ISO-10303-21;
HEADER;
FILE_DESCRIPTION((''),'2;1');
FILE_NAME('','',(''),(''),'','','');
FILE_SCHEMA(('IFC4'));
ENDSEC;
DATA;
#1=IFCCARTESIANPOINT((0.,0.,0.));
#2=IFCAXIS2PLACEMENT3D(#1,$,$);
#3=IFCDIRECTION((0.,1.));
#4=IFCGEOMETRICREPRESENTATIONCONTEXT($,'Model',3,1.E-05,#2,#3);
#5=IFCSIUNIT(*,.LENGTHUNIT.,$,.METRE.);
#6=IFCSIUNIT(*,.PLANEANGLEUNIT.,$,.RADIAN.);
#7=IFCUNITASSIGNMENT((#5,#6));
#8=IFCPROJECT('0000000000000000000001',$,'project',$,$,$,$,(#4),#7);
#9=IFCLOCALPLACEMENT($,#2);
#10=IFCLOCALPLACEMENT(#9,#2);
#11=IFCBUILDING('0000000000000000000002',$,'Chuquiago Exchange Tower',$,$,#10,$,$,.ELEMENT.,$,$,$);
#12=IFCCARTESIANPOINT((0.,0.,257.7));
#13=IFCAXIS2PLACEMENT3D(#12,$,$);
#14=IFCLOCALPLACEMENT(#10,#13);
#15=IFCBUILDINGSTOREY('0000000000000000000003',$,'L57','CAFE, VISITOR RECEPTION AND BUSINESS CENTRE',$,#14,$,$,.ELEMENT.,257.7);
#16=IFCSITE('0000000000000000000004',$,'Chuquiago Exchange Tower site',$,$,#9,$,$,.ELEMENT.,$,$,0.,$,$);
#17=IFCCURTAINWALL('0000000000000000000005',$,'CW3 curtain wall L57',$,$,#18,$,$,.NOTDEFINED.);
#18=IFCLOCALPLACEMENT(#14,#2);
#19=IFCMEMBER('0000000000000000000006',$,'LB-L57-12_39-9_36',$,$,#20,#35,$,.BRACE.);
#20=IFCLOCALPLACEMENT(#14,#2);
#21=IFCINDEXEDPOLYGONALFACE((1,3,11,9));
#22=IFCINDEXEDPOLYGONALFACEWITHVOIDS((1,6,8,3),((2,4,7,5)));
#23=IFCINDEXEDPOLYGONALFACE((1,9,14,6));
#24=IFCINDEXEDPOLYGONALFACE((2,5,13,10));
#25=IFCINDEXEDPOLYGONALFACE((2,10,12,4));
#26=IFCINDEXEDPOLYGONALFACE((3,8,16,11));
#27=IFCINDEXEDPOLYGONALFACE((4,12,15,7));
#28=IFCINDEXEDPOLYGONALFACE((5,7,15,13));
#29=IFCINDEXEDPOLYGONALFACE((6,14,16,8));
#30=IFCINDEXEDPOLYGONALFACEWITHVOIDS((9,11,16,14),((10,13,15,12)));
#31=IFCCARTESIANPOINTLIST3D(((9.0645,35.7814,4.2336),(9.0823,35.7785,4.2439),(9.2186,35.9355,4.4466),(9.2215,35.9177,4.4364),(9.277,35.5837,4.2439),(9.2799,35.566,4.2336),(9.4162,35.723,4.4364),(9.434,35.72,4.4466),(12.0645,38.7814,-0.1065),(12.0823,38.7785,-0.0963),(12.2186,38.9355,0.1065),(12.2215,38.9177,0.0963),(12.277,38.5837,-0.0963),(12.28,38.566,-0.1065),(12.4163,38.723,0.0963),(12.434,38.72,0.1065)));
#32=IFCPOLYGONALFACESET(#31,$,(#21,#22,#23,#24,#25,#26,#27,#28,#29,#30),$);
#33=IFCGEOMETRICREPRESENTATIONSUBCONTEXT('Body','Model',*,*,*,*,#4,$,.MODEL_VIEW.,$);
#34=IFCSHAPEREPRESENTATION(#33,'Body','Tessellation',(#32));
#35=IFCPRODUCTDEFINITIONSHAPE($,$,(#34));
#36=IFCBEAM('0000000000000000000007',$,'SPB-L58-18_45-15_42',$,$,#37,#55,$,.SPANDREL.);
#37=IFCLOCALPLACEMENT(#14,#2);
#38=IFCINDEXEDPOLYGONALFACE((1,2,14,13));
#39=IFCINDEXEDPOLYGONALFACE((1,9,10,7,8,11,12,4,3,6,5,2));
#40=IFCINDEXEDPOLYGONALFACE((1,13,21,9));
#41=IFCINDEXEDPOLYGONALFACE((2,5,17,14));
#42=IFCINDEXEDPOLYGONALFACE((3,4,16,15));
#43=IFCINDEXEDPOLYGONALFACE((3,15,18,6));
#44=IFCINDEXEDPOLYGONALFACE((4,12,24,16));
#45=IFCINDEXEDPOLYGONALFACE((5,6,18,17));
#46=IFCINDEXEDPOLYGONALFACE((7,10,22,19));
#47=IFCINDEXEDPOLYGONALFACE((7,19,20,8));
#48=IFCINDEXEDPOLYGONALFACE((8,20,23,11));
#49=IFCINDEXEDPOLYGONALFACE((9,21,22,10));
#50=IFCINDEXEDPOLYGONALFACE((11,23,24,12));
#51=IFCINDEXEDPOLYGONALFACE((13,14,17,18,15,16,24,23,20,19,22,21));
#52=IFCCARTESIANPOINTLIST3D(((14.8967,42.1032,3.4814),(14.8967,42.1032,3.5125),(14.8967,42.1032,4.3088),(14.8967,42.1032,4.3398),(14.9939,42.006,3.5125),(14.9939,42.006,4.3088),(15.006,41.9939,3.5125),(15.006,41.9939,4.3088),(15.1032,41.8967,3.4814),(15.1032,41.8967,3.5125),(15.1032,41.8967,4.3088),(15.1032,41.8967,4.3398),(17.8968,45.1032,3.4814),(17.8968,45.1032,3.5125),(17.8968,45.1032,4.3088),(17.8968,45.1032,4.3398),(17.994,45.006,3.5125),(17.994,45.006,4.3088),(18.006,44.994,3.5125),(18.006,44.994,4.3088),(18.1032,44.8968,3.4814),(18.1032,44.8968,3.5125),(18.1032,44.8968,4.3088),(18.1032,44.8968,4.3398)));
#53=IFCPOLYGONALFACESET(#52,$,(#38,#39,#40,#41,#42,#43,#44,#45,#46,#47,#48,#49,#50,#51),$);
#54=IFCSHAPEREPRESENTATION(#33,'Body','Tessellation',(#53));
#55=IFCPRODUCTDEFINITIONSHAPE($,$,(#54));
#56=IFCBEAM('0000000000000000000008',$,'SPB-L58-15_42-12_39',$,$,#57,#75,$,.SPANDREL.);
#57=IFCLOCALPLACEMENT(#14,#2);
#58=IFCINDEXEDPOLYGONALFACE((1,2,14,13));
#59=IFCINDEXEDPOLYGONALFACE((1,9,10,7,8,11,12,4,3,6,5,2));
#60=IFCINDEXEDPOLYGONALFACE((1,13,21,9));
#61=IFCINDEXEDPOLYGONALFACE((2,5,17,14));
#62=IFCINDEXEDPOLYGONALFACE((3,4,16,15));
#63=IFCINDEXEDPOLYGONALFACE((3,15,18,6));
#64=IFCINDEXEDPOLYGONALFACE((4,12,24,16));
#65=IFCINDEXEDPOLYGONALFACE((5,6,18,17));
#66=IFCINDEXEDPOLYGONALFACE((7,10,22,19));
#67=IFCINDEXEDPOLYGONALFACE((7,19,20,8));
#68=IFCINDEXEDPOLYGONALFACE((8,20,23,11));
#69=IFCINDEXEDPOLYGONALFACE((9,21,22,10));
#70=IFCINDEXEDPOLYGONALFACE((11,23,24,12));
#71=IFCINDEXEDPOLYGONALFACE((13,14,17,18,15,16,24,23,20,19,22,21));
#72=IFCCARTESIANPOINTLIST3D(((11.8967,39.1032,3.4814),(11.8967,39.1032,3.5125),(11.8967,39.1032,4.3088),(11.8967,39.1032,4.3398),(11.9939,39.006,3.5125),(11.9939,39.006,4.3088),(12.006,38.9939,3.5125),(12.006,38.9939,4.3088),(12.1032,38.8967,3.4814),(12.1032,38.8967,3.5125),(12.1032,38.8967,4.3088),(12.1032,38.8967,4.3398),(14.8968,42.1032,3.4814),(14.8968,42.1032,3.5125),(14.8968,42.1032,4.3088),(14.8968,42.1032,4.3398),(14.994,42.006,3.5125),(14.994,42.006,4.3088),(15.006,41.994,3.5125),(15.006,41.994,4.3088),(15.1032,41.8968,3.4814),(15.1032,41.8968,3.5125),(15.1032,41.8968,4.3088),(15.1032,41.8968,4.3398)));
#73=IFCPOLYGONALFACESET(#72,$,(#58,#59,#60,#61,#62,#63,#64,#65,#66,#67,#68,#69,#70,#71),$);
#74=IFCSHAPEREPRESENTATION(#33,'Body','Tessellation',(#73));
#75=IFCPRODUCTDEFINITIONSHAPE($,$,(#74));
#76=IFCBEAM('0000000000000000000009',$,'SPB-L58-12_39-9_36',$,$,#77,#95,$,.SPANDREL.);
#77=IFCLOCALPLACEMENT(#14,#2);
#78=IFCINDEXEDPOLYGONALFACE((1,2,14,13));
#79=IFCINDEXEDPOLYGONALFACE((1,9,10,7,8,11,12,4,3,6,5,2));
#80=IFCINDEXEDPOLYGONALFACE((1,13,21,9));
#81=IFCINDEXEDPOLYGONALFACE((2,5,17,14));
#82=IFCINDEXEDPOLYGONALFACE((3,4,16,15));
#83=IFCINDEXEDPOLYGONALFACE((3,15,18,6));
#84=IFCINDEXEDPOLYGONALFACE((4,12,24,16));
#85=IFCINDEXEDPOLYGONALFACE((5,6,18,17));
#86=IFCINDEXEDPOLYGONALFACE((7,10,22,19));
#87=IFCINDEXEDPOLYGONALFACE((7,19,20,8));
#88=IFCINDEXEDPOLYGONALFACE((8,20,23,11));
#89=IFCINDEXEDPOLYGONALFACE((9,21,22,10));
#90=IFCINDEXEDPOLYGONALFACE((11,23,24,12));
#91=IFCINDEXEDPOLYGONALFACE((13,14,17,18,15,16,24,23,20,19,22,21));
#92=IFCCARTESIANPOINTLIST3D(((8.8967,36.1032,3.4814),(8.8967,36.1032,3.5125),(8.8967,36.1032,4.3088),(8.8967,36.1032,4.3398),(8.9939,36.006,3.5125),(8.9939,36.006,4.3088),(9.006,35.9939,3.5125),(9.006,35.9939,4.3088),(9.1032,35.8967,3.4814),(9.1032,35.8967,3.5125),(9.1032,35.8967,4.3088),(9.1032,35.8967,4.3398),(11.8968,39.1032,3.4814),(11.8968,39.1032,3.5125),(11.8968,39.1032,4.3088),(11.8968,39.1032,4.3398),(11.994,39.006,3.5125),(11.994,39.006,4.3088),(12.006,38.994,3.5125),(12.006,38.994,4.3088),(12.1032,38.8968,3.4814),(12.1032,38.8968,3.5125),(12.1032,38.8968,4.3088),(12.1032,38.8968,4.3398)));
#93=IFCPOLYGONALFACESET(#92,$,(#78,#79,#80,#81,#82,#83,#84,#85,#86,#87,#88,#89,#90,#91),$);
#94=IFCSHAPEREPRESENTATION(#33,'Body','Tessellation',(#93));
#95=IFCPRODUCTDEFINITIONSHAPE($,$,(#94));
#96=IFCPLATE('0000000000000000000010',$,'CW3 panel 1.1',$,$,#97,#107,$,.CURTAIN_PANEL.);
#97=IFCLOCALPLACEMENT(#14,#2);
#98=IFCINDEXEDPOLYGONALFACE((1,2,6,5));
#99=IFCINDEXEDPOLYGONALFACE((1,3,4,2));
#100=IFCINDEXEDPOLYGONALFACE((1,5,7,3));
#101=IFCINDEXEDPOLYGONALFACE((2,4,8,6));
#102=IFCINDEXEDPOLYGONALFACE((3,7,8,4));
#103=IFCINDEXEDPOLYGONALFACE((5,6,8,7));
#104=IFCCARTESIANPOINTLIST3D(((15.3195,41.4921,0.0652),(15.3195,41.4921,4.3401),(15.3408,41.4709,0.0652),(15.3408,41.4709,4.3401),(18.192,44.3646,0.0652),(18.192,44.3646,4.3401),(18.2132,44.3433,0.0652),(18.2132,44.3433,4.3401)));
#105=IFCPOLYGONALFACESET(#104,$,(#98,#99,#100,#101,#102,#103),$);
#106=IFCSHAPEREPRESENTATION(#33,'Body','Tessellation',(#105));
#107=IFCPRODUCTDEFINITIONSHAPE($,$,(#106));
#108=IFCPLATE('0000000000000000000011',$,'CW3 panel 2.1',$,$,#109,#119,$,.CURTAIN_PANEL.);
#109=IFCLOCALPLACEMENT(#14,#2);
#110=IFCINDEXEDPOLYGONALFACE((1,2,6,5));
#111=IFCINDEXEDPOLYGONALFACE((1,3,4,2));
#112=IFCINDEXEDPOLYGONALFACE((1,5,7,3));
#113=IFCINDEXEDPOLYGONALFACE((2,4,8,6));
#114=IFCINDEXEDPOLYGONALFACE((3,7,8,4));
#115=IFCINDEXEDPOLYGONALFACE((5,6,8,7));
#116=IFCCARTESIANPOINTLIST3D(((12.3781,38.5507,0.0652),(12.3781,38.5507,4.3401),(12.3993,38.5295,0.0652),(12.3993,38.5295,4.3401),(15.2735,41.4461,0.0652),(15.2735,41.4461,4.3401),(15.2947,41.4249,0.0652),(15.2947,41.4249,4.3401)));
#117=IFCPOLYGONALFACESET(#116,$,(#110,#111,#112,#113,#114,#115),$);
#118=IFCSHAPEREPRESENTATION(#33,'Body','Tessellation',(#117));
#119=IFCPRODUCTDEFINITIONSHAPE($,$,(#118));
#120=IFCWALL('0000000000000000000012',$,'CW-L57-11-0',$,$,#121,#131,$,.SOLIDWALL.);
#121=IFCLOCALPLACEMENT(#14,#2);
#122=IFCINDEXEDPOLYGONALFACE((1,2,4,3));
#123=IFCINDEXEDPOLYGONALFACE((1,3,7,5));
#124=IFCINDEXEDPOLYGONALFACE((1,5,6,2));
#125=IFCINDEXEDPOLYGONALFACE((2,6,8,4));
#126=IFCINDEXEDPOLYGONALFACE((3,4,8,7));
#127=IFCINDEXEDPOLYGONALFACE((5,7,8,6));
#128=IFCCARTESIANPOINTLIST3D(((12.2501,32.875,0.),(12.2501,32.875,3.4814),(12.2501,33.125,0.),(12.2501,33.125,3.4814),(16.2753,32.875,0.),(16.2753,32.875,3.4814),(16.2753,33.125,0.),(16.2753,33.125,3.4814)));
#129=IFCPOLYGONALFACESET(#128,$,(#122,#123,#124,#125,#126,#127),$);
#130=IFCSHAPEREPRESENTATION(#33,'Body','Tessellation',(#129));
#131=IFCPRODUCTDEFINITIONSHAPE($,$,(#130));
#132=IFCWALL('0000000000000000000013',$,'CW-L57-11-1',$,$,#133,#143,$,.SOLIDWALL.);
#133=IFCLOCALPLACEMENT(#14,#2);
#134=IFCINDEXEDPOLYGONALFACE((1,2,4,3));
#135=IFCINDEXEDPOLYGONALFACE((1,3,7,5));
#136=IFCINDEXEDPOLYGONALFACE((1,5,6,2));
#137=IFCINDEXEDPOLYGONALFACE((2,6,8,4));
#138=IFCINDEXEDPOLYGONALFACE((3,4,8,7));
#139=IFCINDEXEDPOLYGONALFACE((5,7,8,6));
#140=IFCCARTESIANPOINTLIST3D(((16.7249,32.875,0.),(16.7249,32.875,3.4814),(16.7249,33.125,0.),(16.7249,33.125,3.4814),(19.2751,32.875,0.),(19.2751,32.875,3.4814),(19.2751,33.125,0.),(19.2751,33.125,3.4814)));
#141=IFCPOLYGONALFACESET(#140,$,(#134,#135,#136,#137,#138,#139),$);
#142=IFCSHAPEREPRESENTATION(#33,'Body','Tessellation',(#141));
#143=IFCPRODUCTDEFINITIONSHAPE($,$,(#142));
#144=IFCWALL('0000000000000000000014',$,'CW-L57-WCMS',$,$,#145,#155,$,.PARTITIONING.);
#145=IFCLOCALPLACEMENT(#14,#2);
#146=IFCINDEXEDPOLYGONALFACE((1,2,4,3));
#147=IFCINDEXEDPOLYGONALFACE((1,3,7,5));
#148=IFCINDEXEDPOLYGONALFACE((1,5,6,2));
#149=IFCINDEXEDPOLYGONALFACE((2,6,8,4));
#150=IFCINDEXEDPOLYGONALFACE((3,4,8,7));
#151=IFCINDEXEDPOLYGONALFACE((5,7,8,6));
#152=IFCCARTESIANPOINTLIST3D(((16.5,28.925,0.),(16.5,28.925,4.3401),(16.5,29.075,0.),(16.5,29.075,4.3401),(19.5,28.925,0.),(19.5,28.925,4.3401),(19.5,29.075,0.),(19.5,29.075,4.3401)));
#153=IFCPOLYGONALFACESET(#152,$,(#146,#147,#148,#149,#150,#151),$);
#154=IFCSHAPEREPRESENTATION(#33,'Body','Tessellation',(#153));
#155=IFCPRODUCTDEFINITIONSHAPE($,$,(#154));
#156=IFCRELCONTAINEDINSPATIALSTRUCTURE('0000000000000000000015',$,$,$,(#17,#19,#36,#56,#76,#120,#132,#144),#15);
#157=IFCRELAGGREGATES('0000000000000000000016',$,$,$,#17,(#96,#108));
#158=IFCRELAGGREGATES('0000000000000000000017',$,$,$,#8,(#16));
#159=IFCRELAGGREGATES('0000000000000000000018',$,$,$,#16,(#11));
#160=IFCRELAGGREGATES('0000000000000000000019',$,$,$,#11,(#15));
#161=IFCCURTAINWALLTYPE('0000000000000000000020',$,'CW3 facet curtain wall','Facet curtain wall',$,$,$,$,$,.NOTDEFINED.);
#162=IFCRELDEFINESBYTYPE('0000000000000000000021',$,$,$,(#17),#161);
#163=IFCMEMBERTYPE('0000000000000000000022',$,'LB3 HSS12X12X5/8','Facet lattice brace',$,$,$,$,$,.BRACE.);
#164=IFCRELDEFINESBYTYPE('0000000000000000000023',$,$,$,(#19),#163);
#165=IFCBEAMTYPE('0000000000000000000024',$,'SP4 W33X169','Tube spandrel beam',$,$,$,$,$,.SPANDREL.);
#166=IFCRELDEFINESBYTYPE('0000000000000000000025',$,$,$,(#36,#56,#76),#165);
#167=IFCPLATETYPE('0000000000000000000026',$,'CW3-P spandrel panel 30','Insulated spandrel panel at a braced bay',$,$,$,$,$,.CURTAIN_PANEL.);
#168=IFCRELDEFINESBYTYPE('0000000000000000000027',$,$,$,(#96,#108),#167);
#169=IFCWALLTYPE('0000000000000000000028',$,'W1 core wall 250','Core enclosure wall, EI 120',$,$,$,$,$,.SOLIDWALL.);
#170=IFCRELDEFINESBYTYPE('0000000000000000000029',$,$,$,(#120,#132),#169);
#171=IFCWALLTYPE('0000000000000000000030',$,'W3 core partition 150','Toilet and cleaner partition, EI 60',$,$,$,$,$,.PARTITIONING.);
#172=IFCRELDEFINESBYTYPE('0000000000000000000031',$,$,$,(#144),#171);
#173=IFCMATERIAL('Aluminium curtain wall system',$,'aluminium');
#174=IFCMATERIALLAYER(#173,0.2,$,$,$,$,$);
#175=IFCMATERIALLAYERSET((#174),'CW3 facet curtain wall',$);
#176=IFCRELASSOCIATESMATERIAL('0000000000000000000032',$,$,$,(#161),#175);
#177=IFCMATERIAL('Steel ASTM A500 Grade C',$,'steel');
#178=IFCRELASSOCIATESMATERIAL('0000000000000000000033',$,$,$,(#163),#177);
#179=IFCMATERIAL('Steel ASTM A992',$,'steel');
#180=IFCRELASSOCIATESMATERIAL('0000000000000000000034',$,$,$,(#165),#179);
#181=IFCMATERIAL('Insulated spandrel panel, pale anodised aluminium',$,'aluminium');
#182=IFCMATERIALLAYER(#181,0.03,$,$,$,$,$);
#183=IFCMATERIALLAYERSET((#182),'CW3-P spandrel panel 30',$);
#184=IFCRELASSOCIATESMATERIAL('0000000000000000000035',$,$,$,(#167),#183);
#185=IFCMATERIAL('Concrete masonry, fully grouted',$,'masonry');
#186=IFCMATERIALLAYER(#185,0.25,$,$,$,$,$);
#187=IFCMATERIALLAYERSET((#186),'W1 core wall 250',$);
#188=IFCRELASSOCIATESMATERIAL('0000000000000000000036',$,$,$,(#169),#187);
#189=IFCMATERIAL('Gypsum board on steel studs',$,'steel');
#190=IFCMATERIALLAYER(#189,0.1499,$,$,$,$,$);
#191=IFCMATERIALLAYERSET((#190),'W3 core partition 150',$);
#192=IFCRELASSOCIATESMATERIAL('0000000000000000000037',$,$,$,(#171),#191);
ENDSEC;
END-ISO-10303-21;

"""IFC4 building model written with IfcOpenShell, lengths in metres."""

from ifc_helpers import new_model, si_unit, direction, frame, frame_2d, origin, origin_2d, place, context, subcontext, project, spatial, rectangle, hollow_rectangle, i_section, extrude, material, layer, layer_set, material_profile, profile_set, type_object, element, aggregate, save


model = new_model("IFC4")

# Units and contexts
model_context = context("Model", 3, precision=1e-05, world=origin(), true_north=direction((0.0, 1.0)))
body_context = subcontext(model_context, "Body", "Model", "MODEL_VIEW")
ifc_project = project(units=[si_unit("LENGTHUNIT", "METRE"), si_unit("PLANEANGLEUNIT", "RADIAN")], contexts=[model_context])

# Site, building, storey
site_placement = place(None, origin())
site = spatial("IfcSite", under=ifc_project, at=site_placement, Name="Chuquiago Exchange Tower site", CompositionType="ELEMENT", RefElevation=0.0)
building_placement = place(site_placement, origin())
building = spatial("IfcBuilding", under=site, at=building_placement, Name="Chuquiago Exchange Tower", CompositionType="ELEMENT")
storey_placement = place(building_placement, frame((0.0, 0.0, 257.7)))
storey = spatial("IfcBuildingStorey", under=building, at=storey_placement, Name="L57", Description="CAFE, VISITOR RECEPTION AND BUSINESS CENTRE", CompositionType="ELEMENT", Elevation=257.7)

# Curtain wall
ifc_material_1 = material(Name="Aluminium curtain wall system", Category="aluminium")
ifc_layer_1 = layer(ifc_material_1, 0.2)
ifc_layer_set_1 = layer_set([ifc_layer_1], Name="CW3 facet curtain wall")
curtain_wall_type_1 = type_object("IfcCurtainWallType", Name="CW3 facet curtain wall", Description="Facet curtain wall", PredefinedType="NOTDEFINED", material=ifc_layer_set_1)
curtain_wall_1_placement = place(storey_placement, origin())
curtain_wall_1 = element("IfcCurtainWall", 1, at=curtain_wall_1_placement, inside=storey, type_object=curtain_wall_type_1, Name="CW3 curtain wall L57", PredefinedType="NOTDEFINED")

# Member
ifc_material_2 = material(Name="Steel ASTM A500 Grade C", Category="steel")
ifc_material_profile_1 = material_profile(ifc_material_2, hollow_rectangle(XDim=0.3047, YDim=0.3047, WallThickness=0.0146, at=origin_2d()), Name="HSS12X12X5/8")
ifc_profile_set_1 = profile_set([ifc_material_profile_1], Name="Steel ASTM A500 Grade C")
member_type_1 = type_object("IfcMemberType", Name="LB3 HSS12X12X5/8", Description="Facet lattice brace", PredefinedType="BRACE", material=ifc_profile_set_1)
for number, where, z_axis, x_axis, name in (
    (2, (12.2493, 38.7507, 0.0), (-0.494291, -0.494291, 0.715089), (0.707107, -0.707107, 0.0), "LB-L57-12_39-9_36"),
):
    element("IfcMember", number, at=place(storey_placement, frame(where, z_axis=z_axis, x_axis=x_axis)), inside=storey, type_object=member_type_1, Name=name, PredefinedType="BRACE", context=body_context, shape_type="SweptSolid", body=[
        extrude(hollow_rectangle(XDim=0.3047, YDim=0.3047, WallThickness=0.0146, at=origin_2d()), origin(), (0.0, 0.0, 1.0), 6.0693),
    ])

# Beams
ifc_material_3 = material(Name="Steel ASTM A992", Category="steel")
ifc_material_profile_2 = material_profile(ifc_material_3, i_section(OverallWidth=0.292, OverallDepth=0.8584, WebThickness=0.0171, FlangeThickness=0.031, at=origin_2d()), Name="W33X169")
ifc_profile_set_2 = profile_set([ifc_material_profile_2], Name="Steel ASTM A992")
beam_type_1 = type_object("IfcBeamType", Name="SP4 W33X169", Description="Tube spandrel beam", PredefinedType="SPANDREL", material=ifc_profile_set_2)
for number, where, z_axis, x_axis, name in (
    (3, (18.0, 45.0, 3.9106), (-0.707107, -0.707107, 0.0), (0.707107, -0.707107, 0.0), "SPB-L58-18_45-15_42"),
    (4, (15.0, 42.0, 3.9106), (-0.707107, -0.707107, 0.0), (0.707107, -0.707107, 0.0), "SPB-L58-15_42-12_39"),
    (5, (12.0, 39.0, 3.9106), (-0.707107, -0.707107, 0.0), (0.707107, -0.707107, 0.0), "SPB-L58-12_39-9_36"),
):
    element("IfcBeam", number, at=place(storey_placement, frame(where, z_axis=z_axis, x_axis=x_axis)), inside=storey, type_object=beam_type_1, Name=name, PredefinedType="SPANDREL", context=body_context, shape_type="SweptSolid", body=[
        extrude(i_section(OverallWidth=0.292, OverallDepth=0.8584, WebThickness=0.0171, FlangeThickness=0.031, at=origin_2d()), origin(), (0.0, 0.0, 1.0), 4.2427),
    ])

# Plates
ifc_material_4 = material(Name="Insulated spandrel panel, pale anodised aluminium", Category="aluminium")
ifc_layer_2 = layer(ifc_material_4, 0.03)
ifc_layer_set_2 = layer_set([ifc_layer_2], Name="CW3-P spandrel panel 30")
plate_type = type_object("IfcPlateType", Name="CW3-P spandrel panel 30", Description="Insulated spandrel panel at a braced bay", PredefinedType="CURTAIN_PANEL", material=ifc_layer_set_2)
plate_1_placement = place(storey_placement, frame((16.7664, 42.9177, 0.0652), z_axis=(0.0, 0.0, 1.0), x_axis=(-0.707107, -0.707107, 0.0)))
plate_1 = element("IfcPlate", 6, at=plate_1_placement, type_object=plate_type, Name="CW3 panel 1.1", PredefinedType="CURTAIN_PANEL", context=body_context, shape_type="SweptSolid", body=[
    extrude(rectangle(XDim=4.0623, YDim=0.03, at=origin_2d()), origin(), (0.0, 0.0, 1.0), 4.2749),
])
plate_2_placement = place(storey_placement, frame((13.8364, 39.9878, 0.0652), z_axis=(0.0, 0.0, 1.0), x_axis=(-0.707107, -0.707107, 0.0)))
plate_2 = element("IfcPlate", 7, at=plate_2_placement, type_object=plate_type, Name="CW3 panel 2.1", PredefinedType="CURTAIN_PANEL", context=body_context, shape_type="SweptSolid", body=[
    extrude(rectangle(XDim=4.0947, YDim=0.03, at=origin_2d()), origin(), (0.0, 0.0, 1.0), 4.2749),
])
aggregate(curtain_wall_1, [plate_1, plate_2])

# Walls
ifc_material_5 = material(Name="Concrete masonry, fully grouted", Category="masonry")
ifc_layer_3 = layer(ifc_material_5, 0.25)
ifc_layer_set_3 = layer_set([ifc_layer_3], Name="W1 core wall 250")
wall_type_1 = type_object("IfcWallType", Name="W1 core wall 250", Description="Core enclosure wall, EI 120", PredefinedType="SOLIDWALL", material=ifc_layer_set_3)
wall_1_placement = place(storey_placement, frame((12.25, 33.0, 0.0), z_axis=(0.0, 0.0, 1.0), x_axis=(1.0, 0.0, 0.0)))
element("IfcWall", 8, at=wall_1_placement, inside=storey, type_object=wall_type_1, Name="CW-L57-11-0", PredefinedType="SOLIDWALL", context=body_context, shape_type="SweptSolid", body=[
    extrude(rectangle(XDim=4.0251, YDim=0.25, at=frame_2d((2.0127, 0.0))), origin(), (0.0, 0.0, 1.0), 3.4814),
])
wall_2_placement = place(storey_placement, frame((16.7249, 33.0, 0.0), z_axis=(0.0, 0.0, 1.0), x_axis=(1.0, 0.0, 0.0)))
element("IfcWall", 9, at=wall_2_placement, inside=storey, type_object=wall_type_1, Name="CW-L57-11-1", PredefinedType="SOLIDWALL", context=body_context, shape_type="SweptSolid", body=[
    extrude(rectangle(XDim=2.5503, YDim=0.25, at=frame_2d((1.2751, 0.0))), origin(), (0.0, 0.0, 1.0), 3.4814),
])
ifc_material_6 = material(Name="Gypsum board on steel studs", Category="steel")
ifc_layer_4 = layer(ifc_material_6, 0.1499)
ifc_layer_set_4 = layer_set([ifc_layer_4], Name="W3 core partition 150")
wall_type_2 = type_object("IfcWallType", Name="W3 core partition 150", Description="Toilet and cleaner partition, EI 60", PredefinedType="PARTITIONING", material=ifc_layer_set_4)
wall_3_placement = place(storey_placement, frame((16.5, 29.0, 0.0), z_axis=(0.0, 0.0, 1.0), x_axis=(1.0, 0.0, 0.0)))
element("IfcWall", 10, at=wall_3_placement, inside=storey, type_object=wall_type_2, Name="CW-L57-WCMS", PredefinedType="PARTITIONING", context=body_context, shape_type="SweptSolid", body=[
    extrude(rectangle(XDim=3.0, YDim=0.1499, at=frame_2d((1.5, 0.0))), origin(), (0.0, 0.0, 1.0), 4.3401),
])

save(model, "model.ifc")
